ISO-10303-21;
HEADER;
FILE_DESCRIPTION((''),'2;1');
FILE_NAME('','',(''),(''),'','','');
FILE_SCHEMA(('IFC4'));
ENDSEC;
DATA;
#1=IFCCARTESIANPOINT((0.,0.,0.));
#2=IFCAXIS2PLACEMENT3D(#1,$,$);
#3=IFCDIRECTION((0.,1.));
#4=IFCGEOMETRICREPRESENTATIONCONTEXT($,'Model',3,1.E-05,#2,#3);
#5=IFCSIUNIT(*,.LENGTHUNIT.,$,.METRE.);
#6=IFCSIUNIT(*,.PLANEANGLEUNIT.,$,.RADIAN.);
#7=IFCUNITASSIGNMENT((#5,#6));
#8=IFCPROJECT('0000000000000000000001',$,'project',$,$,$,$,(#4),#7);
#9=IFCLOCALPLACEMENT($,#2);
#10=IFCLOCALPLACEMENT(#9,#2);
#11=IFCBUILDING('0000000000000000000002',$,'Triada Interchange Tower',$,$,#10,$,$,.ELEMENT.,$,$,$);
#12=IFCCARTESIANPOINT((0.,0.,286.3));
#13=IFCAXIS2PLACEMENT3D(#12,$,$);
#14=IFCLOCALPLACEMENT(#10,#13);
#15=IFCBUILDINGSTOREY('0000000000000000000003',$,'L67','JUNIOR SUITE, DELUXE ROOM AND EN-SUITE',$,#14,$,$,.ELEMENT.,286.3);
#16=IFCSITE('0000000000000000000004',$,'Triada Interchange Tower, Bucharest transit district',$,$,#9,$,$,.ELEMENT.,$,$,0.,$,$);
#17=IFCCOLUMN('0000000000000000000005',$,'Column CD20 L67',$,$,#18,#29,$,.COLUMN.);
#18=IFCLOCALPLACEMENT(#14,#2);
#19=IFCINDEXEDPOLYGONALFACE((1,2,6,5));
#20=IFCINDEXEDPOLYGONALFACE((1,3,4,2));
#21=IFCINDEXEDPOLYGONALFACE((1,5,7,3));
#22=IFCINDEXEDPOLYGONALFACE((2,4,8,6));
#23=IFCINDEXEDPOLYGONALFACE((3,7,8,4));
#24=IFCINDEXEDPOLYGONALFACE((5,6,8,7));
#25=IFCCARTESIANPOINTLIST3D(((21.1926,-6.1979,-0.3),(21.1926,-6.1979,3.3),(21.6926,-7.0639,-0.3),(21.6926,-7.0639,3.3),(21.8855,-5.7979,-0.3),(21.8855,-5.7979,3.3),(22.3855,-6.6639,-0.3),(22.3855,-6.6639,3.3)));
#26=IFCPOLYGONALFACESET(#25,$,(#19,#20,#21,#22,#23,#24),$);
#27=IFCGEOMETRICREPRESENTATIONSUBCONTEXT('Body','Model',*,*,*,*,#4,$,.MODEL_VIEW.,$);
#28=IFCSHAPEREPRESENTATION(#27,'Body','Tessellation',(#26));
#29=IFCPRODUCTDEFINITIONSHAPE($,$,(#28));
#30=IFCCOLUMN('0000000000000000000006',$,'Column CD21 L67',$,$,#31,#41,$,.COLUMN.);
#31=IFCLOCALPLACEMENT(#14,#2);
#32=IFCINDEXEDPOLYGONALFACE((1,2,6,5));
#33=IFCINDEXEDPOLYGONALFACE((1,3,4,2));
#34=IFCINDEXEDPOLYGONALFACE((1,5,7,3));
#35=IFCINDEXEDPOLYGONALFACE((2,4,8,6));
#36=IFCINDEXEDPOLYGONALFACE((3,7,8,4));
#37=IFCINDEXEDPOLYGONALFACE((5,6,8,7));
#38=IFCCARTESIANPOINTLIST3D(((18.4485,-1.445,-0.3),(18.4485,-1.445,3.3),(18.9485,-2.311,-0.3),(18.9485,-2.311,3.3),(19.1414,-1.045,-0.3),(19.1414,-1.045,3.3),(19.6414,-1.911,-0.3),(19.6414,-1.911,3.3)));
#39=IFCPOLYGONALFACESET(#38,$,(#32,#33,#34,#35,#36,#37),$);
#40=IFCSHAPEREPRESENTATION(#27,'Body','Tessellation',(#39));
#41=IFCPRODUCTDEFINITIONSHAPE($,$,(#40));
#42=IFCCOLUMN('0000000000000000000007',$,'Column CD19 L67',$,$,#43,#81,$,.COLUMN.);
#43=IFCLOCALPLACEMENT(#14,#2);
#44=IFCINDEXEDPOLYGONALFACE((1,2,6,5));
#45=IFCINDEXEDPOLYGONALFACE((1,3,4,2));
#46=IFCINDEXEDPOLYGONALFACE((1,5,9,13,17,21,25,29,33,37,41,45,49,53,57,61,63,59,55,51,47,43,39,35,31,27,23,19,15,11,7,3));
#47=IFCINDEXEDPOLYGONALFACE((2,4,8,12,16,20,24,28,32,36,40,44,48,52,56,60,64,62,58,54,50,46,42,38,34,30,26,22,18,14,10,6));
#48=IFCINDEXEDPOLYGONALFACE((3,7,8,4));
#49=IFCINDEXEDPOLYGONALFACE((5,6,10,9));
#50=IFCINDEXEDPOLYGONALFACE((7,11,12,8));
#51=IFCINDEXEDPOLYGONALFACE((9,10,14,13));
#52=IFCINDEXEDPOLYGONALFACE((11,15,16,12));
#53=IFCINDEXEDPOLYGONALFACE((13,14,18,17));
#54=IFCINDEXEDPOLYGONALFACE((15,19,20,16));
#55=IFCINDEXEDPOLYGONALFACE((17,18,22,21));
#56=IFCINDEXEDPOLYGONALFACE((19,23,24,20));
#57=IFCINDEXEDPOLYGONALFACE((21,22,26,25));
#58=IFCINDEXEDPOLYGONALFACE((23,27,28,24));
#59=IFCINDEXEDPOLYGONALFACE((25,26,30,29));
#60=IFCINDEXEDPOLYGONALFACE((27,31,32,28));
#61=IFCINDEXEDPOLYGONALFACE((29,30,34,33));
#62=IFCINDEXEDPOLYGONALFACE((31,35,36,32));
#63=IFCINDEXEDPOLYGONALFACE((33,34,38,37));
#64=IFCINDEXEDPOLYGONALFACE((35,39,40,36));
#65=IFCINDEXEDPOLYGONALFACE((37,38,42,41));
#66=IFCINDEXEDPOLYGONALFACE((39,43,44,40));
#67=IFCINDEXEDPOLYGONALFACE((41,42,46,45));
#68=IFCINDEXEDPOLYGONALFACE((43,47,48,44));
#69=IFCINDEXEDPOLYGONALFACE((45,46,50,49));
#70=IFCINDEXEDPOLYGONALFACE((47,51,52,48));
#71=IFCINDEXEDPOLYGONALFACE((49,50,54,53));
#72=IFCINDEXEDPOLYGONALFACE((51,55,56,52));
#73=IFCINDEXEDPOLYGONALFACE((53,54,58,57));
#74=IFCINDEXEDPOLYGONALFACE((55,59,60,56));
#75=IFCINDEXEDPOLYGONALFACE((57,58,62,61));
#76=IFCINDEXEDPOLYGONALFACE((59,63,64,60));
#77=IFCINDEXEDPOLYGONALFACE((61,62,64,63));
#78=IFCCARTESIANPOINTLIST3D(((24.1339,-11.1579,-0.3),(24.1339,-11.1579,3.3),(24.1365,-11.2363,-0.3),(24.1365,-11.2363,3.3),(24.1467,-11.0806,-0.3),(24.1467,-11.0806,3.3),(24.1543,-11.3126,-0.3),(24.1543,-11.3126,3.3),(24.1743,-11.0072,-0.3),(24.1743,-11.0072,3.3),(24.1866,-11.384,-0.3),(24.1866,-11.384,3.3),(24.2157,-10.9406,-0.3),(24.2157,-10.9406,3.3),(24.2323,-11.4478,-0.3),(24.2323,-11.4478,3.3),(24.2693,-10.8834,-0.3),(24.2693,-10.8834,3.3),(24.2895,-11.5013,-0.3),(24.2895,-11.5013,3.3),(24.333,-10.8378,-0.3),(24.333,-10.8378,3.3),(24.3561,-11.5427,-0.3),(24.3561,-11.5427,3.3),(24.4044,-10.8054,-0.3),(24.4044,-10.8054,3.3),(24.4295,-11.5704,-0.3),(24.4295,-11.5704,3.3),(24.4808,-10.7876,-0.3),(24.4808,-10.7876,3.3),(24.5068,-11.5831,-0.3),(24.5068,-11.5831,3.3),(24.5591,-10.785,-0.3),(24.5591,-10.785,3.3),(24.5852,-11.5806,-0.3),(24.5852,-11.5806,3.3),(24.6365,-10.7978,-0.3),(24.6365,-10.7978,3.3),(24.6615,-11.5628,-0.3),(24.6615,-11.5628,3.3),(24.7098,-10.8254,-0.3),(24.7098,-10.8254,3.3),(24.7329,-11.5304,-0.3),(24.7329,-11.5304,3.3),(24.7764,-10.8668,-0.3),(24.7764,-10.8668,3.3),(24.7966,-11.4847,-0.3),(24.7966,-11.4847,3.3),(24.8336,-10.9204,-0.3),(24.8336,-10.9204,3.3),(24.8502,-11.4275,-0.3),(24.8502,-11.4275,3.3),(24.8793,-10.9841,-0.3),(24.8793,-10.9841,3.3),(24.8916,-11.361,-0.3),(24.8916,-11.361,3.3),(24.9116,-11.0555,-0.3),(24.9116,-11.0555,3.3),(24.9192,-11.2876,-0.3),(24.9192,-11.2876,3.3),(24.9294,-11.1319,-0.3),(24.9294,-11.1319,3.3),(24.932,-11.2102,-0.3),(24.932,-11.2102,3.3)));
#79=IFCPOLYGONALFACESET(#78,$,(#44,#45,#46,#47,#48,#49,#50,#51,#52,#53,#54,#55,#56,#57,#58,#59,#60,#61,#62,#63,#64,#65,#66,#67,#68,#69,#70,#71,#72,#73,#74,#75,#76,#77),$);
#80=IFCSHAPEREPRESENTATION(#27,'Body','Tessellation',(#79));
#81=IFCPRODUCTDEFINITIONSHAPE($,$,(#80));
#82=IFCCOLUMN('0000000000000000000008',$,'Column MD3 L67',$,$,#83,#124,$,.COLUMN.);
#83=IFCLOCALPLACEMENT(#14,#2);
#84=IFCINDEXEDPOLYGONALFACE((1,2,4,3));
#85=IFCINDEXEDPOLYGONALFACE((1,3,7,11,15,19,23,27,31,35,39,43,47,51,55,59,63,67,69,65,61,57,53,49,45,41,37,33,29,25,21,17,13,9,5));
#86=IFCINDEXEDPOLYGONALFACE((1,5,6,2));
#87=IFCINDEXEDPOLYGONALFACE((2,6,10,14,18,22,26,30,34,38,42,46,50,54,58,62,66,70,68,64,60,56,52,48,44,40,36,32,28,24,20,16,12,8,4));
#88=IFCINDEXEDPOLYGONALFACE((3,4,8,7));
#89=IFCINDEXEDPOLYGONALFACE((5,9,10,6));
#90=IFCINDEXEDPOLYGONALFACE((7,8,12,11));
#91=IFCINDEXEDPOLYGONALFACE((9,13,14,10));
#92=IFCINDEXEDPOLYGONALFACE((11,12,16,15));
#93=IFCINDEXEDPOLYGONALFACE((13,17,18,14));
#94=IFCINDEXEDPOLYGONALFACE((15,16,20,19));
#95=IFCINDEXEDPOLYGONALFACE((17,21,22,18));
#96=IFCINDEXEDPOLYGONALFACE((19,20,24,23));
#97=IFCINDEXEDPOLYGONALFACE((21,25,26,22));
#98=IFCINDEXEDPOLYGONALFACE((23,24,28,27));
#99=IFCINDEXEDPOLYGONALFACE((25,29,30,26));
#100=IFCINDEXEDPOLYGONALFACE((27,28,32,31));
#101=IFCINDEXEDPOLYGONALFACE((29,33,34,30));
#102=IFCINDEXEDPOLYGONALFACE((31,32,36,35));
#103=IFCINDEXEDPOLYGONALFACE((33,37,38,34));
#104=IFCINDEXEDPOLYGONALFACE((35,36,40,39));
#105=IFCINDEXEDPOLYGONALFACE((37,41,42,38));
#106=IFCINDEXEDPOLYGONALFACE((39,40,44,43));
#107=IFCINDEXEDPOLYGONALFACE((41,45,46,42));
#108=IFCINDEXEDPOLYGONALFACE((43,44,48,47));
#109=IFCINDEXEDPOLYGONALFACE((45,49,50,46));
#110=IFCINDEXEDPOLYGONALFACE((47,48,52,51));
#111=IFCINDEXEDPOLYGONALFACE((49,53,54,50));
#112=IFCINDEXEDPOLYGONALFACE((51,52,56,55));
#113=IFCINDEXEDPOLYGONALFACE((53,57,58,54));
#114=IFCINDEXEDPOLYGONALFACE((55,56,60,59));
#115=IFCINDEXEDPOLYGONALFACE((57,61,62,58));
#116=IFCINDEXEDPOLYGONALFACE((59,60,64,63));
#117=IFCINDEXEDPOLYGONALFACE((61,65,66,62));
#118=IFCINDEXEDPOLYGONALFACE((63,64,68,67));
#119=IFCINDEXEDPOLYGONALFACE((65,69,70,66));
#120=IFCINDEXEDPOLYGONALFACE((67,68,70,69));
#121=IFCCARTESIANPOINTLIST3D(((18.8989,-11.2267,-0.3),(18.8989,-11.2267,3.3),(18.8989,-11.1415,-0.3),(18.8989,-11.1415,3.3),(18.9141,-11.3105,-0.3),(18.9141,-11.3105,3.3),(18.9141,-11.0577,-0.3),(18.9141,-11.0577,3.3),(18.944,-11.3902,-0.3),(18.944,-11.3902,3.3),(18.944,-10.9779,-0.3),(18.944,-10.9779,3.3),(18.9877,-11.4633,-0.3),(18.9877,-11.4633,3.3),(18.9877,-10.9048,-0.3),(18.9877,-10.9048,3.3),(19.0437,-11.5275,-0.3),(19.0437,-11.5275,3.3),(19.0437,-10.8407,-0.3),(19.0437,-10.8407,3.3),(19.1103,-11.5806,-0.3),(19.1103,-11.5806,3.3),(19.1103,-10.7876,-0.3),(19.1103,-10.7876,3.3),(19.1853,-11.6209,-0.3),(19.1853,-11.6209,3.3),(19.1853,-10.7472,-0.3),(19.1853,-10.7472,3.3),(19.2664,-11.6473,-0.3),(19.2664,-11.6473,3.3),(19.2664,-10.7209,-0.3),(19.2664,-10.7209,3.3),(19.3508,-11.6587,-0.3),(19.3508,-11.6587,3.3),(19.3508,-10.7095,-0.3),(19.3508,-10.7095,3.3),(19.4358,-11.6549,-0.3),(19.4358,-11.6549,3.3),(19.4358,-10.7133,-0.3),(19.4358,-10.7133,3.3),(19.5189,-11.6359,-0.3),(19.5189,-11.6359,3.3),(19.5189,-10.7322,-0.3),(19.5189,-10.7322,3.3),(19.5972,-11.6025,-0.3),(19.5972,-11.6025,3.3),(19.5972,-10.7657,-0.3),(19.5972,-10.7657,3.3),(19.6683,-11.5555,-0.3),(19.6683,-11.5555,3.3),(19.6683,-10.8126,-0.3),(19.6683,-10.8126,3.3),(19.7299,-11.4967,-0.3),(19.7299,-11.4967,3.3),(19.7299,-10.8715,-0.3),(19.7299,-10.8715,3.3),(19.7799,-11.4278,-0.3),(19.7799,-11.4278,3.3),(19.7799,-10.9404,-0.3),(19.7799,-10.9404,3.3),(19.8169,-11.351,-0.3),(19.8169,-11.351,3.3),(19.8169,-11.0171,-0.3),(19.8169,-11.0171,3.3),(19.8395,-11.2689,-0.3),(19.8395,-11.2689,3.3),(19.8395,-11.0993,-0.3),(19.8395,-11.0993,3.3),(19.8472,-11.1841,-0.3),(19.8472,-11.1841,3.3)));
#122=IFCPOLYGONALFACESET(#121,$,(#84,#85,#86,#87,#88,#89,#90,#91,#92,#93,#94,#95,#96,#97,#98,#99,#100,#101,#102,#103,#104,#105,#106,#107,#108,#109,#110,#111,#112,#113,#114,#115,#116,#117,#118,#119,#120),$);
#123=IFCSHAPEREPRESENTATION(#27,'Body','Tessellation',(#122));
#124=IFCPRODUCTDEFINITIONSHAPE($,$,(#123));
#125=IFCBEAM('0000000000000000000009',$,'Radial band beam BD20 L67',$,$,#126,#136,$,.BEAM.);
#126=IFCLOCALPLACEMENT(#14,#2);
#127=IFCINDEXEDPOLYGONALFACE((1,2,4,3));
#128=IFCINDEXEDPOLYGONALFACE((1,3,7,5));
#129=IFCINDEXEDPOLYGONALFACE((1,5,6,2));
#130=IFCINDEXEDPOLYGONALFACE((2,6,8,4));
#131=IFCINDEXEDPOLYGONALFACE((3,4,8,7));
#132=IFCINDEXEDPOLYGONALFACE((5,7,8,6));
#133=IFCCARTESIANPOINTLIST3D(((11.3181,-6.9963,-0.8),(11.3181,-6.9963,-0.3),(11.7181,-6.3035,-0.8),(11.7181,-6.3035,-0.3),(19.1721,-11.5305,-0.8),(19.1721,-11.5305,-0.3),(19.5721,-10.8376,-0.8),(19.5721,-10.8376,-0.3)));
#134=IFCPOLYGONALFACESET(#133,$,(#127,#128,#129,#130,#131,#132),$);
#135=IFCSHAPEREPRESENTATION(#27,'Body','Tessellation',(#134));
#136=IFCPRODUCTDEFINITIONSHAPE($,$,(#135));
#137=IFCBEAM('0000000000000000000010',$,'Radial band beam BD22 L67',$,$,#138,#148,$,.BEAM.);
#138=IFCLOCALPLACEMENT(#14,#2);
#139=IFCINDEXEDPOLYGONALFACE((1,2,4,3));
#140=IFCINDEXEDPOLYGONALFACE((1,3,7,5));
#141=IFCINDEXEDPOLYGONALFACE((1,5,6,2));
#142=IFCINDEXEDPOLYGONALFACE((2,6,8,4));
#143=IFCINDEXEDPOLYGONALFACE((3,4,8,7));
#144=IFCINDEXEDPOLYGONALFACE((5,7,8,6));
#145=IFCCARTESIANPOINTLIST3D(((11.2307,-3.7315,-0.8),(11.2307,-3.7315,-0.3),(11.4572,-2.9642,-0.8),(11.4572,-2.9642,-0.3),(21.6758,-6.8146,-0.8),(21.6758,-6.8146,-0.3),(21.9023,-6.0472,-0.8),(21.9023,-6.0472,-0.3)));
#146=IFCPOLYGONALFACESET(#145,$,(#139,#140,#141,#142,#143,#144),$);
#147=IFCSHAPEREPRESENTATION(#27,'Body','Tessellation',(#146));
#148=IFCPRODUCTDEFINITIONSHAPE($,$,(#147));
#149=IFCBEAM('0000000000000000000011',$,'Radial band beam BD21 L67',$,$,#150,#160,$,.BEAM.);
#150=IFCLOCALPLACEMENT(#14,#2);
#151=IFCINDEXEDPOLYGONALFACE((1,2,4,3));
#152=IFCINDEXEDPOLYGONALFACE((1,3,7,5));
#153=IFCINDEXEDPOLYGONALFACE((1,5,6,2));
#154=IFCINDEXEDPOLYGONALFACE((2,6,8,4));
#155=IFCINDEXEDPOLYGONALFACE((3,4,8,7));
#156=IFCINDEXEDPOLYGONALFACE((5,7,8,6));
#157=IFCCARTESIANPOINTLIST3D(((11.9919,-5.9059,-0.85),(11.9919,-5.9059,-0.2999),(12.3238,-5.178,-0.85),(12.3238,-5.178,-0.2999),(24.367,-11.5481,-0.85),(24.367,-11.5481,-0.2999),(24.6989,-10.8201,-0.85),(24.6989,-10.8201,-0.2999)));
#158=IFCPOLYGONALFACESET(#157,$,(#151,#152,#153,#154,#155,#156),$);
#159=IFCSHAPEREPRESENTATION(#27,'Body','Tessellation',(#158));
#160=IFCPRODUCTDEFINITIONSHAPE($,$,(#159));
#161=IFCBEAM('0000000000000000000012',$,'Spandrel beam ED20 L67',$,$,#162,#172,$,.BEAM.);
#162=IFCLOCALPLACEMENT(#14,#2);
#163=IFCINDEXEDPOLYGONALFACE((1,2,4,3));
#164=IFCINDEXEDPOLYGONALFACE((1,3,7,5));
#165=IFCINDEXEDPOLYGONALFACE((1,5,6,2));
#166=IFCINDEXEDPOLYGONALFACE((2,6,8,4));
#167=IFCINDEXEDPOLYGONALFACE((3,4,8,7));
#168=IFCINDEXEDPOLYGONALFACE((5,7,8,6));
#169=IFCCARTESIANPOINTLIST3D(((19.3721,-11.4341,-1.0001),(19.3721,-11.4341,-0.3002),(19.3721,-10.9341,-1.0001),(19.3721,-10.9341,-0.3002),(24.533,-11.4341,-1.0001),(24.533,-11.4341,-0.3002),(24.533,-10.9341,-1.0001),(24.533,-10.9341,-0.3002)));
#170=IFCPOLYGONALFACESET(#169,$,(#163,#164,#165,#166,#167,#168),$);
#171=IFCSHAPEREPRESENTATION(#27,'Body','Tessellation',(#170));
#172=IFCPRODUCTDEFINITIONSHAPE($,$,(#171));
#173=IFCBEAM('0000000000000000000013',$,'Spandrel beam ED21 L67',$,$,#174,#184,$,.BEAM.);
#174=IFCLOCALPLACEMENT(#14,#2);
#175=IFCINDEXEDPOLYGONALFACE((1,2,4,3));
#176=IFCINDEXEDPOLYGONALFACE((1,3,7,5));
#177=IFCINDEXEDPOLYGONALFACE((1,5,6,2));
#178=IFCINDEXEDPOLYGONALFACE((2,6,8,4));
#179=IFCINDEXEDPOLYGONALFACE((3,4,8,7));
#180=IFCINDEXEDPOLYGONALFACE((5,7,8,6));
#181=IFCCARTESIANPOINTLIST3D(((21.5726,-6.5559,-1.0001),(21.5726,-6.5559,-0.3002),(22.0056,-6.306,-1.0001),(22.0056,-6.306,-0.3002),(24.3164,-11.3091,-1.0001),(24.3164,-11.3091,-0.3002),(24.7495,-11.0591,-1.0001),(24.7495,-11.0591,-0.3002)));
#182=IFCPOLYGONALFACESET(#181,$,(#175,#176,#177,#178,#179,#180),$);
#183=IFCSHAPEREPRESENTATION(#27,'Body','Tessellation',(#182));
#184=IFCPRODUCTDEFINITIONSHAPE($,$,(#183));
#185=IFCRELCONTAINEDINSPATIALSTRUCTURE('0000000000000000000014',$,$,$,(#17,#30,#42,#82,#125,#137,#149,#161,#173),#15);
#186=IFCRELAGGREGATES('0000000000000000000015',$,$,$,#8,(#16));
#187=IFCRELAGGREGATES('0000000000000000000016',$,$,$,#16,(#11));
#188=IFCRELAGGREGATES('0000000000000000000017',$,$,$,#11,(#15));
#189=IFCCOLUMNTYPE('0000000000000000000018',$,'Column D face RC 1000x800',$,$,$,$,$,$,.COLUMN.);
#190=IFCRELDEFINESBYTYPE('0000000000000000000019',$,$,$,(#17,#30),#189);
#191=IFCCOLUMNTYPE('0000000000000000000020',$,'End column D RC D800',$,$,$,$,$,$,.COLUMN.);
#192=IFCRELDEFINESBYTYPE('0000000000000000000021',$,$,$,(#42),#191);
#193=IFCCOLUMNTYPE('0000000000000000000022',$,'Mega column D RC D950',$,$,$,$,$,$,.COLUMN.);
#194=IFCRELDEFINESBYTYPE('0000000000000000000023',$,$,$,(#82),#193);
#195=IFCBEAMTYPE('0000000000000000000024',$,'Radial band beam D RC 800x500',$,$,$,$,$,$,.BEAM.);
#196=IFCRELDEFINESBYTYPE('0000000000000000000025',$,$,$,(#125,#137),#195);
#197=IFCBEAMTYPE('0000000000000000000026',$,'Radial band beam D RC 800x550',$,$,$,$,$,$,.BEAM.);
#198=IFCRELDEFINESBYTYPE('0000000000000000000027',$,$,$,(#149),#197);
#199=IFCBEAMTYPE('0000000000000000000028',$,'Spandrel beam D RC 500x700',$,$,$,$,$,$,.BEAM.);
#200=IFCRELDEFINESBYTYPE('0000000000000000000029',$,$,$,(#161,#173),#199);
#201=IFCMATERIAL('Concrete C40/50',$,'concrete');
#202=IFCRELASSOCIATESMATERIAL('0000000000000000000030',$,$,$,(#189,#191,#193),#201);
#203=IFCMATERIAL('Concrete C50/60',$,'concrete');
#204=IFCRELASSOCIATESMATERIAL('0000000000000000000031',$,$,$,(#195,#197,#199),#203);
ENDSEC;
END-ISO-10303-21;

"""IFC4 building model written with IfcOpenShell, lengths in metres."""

from ifc_helpers import new_model, si_unit, direction, frame, origin, origin_2d, place, context, subcontext, project, spatial, rectangle, circle, extrude, material, material_profile, profile_set, type_object, element, save


model = new_model("IFC4")

# Units and contexts
model_context = context("Model", 3, precision=1e-05, world=origin(), true_north=direction((0.0, 1.0)))
body_context = subcontext(model_context, "Body", "Model", "MODEL_VIEW")
ifc_project = project(units=[si_unit("LENGTHUNIT", "METRE"), si_unit("PLANEANGLEUNIT", "RADIAN")], contexts=[model_context])

# Site, building, storey
site_placement = place(None, origin())
site = spatial("IfcSite", under=ifc_project, at=site_placement, Name="Triada Interchange Tower, Bucharest transit district", CompositionType="ELEMENT", RefElevation=0.0)
building_placement = place(site_placement, origin())
building = spatial("IfcBuilding", under=site, at=building_placement, Name="Triada Interchange Tower", CompositionType="ELEMENT")
storey_placement = place(building_placement, frame((0.0, 0.0, 286.3)))
storey = spatial("IfcBuildingStorey", under=building, at=storey_placement, Name="L67", Description="JUNIOR SUITE, DELUXE ROOM AND EN-SUITE", CompositionType="ELEMENT", Elevation=286.3)

# Columns
ifc_material_1 = material(Name="Concrete C40/50", Category="concrete")
ifc_material_profile_1 = material_profile(ifc_material_1, rectangle(XDim=1.0, YDim=0.8, at=origin_2d()), Name="RC 1000x800")
ifc_profile_set_1 = profile_set([ifc_material_profile_1], Name="Concrete C40/50")
column_type_1 = type_object("IfcColumnType", Name="Column D face RC 1000x800", PredefinedType="COLUMN", material=ifc_profile_set_1)
for number, where, z_axis, x_axis, name in (
    (1, (21.7891, -6.4309, -0.3), (0.0, 0.0, 1.0), (-0.5, 0.866025, 0.0), "Column CD20 L67"),
    (2, (19.0449, -1.678, -0.3), (0.0, 0.0, 1.0), (-0.5, 0.866025, 0.0), "Column CD21 L67"),
):
    element("IfcColumn", number, at=place(storey_placement, frame(where, z_axis=z_axis, x_axis=x_axis)), inside=storey, type_object=column_type_1, Name=name, PredefinedType="COLUMN", context=body_context, shape_type="SweptSolid", body=[
        extrude(rectangle(XDim=1.0, YDim=0.8, at=origin_2d()), origin(), (0.0, 0.0, 1.0), 3.6001),
    ])
ifc_material_profile_2 = material_profile(ifc_material_1, circle(Radius=0.3999, at=origin_2d()), Name="RC D800")
ifc_profile_set_2 = profile_set([ifc_material_profile_2], Name="Concrete C40/50")
column_type_2 = type_object("IfcColumnType", Name="End column D RC D800", PredefinedType="COLUMN", material=ifc_profile_set_2)
column_1_placement = place(storey_placement, frame((24.533, -11.1841, -0.3), z_axis=(0.0, 0.0, 1.0), x_axis=(-0.5, 0.866025, 0.0)))
element("IfcColumn", 3, at=column_1_placement, inside=storey, type_object=column_type_2, Name="Column CD19 L67", PredefinedType="COLUMN", context=body_context, shape_type="SweptSolid", body=[
    extrude(circle(Radius=0.3999, at=origin_2d()), origin(), (0.0, 0.0, 1.0), 3.6001),
])
ifc_material_profile_3 = material_profile(ifc_material_1, circle(Radius=0.4751, at=origin_2d()), Name="RC D950")
ifc_profile_set_3 = profile_set([ifc_material_profile_3], Name="Concrete C40/50")
column_type_3 = type_object("IfcColumnType", Name="Mega column D RC D950", PredefinedType="COLUMN", material=ifc_profile_set_3)
column_2_placement = place(storey_placement, frame((19.3721, -11.1841, -0.3), z_axis=(0.0, 0.0, 1.0), x_axis=(1.0, 0.0, 0.0)))
element("IfcColumn", 4, at=column_2_placement, inside=storey, type_object=column_type_3, Name="Column MD3 L67", PredefinedType="COLUMN", context=body_context, shape_type="SweptSolid", body=[
    extrude(circle(Radius=0.4751, at=origin_2d()), origin(), (0.0, 0.0, 1.0), 3.6001),
])

# Beams
ifc_material_2 = material(Name="Concrete C50/60", Category="concrete")
ifc_material_profile_4 = material_profile(ifc_material_2, rectangle(XDim=0.8, YDim=0.5, at=origin_2d()), Name="RC 800x500")
ifc_profile_set_4 = profile_set([ifc_material_profile_4], Name="Concrete C50/60")
beam_type_1 = type_object("IfcBeamType", Name="Radial band beam D RC 800x500", PredefinedType="BEAM", material=ifc_profile_set_4)
beam_1_placement = place(storey_placement, frame((19.3721, -11.1841, -0.55), z_axis=(-0.866041, 0.499973, 0.0), x_axis=(-0.499973, -0.866041, 0.0)))
element("IfcBeam", 5, at=beam_1_placement, inside=storey, type_object=beam_type_1, Name="Radial band beam BD20 L67", PredefinedType="BEAM", context=body_context, shape_type="SweptSolid", body=[
    extrude(rectangle(XDim=0.8, YDim=0.5, at=origin_2d()), origin(), (0.0, 0.0, 1.0), 9.0688),
])
beam_2_placement = place(storey_placement, frame((21.7891, -6.4309, -0.55), z_axis=(-0.959093, 0.28309, 0.0), x_axis=(-0.28309, -0.959093, 0.0)))
element("IfcBeam", 6, at=beam_2_placement, inside=storey, type_object=beam_type_1, Name="Radial band beam BD22 L67", PredefinedType="BEAM", context=body_context, shape_type="SweptSolid", body=[
    extrude(rectangle(XDim=0.8, YDim=0.5, at=origin_2d()), origin(), (0.0, 0.0, 1.0), 10.8906),
])
ifc_material_profile_5 = material_profile(ifc_material_2, rectangle(XDim=0.8, YDim=0.55, at=origin_2d()), Name="RC 800x550")
ifc_profile_set_5 = profile_set([ifc_material_profile_5], Name="Concrete C50/60")
beam_type_2 = type_object("IfcBeamType", Name="Radial band beam D RC 800x550", PredefinedType="BEAM", material=ifc_profile_set_5)
beam_3_placement = place(storey_placement, frame((24.533, -11.1841, -0.575), z_axis=(-0.909893, 0.414844, 0.0), x_axis=(-0.414844, -0.909893, 0.0)))
element("IfcBeam", 7, at=beam_3_placement, inside=storey, type_object=beam_type_2, Name="Radial band beam BD21 L67", PredefinedType="BEAM", context=body_context, shape_type="SweptSolid", body=[
    extrude(rectangle(XDim=0.8, YDim=0.55, at=origin_2d()), origin(), (0.0, 0.0, 1.0), 13.6006),
])
ifc_material_profile_6 = material_profile(ifc_material_2, rectangle(XDim=0.5, YDim=0.7, at=origin_2d()), Name="RC 500x700")
ifc_profile_set_6 = profile_set([ifc_material_profile_6], Name="Concrete C50/60")
beam_type_3 = type_object("IfcBeamType", Name="Spandrel beam D RC 500x700", PredefinedType="BEAM", material=ifc_profile_set_6)
beam_4_placement = place(storey_placement, frame((19.3721, -11.1841, -0.6501), z_axis=(1.0, 0.0, 0.0), x_axis=(0.0, 1.0, 0.0)))
element("IfcBeam", 8, at=beam_4_placement, inside=storey, type_object=beam_type_3, Name="Spandrel beam ED20 L67", PredefinedType="BEAM", context=body_context, shape_type="SweptSolid", body=[
    extrude(rectangle(XDim=0.5, YDim=0.7, at=origin_2d()), origin(), (0.0, 0.0, 1.0), 5.1609),
])
for number, where, z_axis, x_axis, name in (
    (9, (24.533, -11.1841, -0.6501), (-0.499952, 0.866053, 0.0), (-0.866053, -0.499952, 0.0), "Spandrel beam ED21 L67"),
):
    element("IfcBeam", number, at=place(storey_placement, frame(where, z_axis=z_axis, x_axis=x_axis)), inside=storey, type_object=beam_type_3, Name=name, PredefinedType="BEAM", context=body_context, shape_type="SweptSolid", body=[
        extrude(rectangle(XDim=0.5, YDim=0.7, at=origin_2d()), origin(), (0.0, 0.0, 1.0), 5.4883),
    ])

save(model, "model.ifc")
